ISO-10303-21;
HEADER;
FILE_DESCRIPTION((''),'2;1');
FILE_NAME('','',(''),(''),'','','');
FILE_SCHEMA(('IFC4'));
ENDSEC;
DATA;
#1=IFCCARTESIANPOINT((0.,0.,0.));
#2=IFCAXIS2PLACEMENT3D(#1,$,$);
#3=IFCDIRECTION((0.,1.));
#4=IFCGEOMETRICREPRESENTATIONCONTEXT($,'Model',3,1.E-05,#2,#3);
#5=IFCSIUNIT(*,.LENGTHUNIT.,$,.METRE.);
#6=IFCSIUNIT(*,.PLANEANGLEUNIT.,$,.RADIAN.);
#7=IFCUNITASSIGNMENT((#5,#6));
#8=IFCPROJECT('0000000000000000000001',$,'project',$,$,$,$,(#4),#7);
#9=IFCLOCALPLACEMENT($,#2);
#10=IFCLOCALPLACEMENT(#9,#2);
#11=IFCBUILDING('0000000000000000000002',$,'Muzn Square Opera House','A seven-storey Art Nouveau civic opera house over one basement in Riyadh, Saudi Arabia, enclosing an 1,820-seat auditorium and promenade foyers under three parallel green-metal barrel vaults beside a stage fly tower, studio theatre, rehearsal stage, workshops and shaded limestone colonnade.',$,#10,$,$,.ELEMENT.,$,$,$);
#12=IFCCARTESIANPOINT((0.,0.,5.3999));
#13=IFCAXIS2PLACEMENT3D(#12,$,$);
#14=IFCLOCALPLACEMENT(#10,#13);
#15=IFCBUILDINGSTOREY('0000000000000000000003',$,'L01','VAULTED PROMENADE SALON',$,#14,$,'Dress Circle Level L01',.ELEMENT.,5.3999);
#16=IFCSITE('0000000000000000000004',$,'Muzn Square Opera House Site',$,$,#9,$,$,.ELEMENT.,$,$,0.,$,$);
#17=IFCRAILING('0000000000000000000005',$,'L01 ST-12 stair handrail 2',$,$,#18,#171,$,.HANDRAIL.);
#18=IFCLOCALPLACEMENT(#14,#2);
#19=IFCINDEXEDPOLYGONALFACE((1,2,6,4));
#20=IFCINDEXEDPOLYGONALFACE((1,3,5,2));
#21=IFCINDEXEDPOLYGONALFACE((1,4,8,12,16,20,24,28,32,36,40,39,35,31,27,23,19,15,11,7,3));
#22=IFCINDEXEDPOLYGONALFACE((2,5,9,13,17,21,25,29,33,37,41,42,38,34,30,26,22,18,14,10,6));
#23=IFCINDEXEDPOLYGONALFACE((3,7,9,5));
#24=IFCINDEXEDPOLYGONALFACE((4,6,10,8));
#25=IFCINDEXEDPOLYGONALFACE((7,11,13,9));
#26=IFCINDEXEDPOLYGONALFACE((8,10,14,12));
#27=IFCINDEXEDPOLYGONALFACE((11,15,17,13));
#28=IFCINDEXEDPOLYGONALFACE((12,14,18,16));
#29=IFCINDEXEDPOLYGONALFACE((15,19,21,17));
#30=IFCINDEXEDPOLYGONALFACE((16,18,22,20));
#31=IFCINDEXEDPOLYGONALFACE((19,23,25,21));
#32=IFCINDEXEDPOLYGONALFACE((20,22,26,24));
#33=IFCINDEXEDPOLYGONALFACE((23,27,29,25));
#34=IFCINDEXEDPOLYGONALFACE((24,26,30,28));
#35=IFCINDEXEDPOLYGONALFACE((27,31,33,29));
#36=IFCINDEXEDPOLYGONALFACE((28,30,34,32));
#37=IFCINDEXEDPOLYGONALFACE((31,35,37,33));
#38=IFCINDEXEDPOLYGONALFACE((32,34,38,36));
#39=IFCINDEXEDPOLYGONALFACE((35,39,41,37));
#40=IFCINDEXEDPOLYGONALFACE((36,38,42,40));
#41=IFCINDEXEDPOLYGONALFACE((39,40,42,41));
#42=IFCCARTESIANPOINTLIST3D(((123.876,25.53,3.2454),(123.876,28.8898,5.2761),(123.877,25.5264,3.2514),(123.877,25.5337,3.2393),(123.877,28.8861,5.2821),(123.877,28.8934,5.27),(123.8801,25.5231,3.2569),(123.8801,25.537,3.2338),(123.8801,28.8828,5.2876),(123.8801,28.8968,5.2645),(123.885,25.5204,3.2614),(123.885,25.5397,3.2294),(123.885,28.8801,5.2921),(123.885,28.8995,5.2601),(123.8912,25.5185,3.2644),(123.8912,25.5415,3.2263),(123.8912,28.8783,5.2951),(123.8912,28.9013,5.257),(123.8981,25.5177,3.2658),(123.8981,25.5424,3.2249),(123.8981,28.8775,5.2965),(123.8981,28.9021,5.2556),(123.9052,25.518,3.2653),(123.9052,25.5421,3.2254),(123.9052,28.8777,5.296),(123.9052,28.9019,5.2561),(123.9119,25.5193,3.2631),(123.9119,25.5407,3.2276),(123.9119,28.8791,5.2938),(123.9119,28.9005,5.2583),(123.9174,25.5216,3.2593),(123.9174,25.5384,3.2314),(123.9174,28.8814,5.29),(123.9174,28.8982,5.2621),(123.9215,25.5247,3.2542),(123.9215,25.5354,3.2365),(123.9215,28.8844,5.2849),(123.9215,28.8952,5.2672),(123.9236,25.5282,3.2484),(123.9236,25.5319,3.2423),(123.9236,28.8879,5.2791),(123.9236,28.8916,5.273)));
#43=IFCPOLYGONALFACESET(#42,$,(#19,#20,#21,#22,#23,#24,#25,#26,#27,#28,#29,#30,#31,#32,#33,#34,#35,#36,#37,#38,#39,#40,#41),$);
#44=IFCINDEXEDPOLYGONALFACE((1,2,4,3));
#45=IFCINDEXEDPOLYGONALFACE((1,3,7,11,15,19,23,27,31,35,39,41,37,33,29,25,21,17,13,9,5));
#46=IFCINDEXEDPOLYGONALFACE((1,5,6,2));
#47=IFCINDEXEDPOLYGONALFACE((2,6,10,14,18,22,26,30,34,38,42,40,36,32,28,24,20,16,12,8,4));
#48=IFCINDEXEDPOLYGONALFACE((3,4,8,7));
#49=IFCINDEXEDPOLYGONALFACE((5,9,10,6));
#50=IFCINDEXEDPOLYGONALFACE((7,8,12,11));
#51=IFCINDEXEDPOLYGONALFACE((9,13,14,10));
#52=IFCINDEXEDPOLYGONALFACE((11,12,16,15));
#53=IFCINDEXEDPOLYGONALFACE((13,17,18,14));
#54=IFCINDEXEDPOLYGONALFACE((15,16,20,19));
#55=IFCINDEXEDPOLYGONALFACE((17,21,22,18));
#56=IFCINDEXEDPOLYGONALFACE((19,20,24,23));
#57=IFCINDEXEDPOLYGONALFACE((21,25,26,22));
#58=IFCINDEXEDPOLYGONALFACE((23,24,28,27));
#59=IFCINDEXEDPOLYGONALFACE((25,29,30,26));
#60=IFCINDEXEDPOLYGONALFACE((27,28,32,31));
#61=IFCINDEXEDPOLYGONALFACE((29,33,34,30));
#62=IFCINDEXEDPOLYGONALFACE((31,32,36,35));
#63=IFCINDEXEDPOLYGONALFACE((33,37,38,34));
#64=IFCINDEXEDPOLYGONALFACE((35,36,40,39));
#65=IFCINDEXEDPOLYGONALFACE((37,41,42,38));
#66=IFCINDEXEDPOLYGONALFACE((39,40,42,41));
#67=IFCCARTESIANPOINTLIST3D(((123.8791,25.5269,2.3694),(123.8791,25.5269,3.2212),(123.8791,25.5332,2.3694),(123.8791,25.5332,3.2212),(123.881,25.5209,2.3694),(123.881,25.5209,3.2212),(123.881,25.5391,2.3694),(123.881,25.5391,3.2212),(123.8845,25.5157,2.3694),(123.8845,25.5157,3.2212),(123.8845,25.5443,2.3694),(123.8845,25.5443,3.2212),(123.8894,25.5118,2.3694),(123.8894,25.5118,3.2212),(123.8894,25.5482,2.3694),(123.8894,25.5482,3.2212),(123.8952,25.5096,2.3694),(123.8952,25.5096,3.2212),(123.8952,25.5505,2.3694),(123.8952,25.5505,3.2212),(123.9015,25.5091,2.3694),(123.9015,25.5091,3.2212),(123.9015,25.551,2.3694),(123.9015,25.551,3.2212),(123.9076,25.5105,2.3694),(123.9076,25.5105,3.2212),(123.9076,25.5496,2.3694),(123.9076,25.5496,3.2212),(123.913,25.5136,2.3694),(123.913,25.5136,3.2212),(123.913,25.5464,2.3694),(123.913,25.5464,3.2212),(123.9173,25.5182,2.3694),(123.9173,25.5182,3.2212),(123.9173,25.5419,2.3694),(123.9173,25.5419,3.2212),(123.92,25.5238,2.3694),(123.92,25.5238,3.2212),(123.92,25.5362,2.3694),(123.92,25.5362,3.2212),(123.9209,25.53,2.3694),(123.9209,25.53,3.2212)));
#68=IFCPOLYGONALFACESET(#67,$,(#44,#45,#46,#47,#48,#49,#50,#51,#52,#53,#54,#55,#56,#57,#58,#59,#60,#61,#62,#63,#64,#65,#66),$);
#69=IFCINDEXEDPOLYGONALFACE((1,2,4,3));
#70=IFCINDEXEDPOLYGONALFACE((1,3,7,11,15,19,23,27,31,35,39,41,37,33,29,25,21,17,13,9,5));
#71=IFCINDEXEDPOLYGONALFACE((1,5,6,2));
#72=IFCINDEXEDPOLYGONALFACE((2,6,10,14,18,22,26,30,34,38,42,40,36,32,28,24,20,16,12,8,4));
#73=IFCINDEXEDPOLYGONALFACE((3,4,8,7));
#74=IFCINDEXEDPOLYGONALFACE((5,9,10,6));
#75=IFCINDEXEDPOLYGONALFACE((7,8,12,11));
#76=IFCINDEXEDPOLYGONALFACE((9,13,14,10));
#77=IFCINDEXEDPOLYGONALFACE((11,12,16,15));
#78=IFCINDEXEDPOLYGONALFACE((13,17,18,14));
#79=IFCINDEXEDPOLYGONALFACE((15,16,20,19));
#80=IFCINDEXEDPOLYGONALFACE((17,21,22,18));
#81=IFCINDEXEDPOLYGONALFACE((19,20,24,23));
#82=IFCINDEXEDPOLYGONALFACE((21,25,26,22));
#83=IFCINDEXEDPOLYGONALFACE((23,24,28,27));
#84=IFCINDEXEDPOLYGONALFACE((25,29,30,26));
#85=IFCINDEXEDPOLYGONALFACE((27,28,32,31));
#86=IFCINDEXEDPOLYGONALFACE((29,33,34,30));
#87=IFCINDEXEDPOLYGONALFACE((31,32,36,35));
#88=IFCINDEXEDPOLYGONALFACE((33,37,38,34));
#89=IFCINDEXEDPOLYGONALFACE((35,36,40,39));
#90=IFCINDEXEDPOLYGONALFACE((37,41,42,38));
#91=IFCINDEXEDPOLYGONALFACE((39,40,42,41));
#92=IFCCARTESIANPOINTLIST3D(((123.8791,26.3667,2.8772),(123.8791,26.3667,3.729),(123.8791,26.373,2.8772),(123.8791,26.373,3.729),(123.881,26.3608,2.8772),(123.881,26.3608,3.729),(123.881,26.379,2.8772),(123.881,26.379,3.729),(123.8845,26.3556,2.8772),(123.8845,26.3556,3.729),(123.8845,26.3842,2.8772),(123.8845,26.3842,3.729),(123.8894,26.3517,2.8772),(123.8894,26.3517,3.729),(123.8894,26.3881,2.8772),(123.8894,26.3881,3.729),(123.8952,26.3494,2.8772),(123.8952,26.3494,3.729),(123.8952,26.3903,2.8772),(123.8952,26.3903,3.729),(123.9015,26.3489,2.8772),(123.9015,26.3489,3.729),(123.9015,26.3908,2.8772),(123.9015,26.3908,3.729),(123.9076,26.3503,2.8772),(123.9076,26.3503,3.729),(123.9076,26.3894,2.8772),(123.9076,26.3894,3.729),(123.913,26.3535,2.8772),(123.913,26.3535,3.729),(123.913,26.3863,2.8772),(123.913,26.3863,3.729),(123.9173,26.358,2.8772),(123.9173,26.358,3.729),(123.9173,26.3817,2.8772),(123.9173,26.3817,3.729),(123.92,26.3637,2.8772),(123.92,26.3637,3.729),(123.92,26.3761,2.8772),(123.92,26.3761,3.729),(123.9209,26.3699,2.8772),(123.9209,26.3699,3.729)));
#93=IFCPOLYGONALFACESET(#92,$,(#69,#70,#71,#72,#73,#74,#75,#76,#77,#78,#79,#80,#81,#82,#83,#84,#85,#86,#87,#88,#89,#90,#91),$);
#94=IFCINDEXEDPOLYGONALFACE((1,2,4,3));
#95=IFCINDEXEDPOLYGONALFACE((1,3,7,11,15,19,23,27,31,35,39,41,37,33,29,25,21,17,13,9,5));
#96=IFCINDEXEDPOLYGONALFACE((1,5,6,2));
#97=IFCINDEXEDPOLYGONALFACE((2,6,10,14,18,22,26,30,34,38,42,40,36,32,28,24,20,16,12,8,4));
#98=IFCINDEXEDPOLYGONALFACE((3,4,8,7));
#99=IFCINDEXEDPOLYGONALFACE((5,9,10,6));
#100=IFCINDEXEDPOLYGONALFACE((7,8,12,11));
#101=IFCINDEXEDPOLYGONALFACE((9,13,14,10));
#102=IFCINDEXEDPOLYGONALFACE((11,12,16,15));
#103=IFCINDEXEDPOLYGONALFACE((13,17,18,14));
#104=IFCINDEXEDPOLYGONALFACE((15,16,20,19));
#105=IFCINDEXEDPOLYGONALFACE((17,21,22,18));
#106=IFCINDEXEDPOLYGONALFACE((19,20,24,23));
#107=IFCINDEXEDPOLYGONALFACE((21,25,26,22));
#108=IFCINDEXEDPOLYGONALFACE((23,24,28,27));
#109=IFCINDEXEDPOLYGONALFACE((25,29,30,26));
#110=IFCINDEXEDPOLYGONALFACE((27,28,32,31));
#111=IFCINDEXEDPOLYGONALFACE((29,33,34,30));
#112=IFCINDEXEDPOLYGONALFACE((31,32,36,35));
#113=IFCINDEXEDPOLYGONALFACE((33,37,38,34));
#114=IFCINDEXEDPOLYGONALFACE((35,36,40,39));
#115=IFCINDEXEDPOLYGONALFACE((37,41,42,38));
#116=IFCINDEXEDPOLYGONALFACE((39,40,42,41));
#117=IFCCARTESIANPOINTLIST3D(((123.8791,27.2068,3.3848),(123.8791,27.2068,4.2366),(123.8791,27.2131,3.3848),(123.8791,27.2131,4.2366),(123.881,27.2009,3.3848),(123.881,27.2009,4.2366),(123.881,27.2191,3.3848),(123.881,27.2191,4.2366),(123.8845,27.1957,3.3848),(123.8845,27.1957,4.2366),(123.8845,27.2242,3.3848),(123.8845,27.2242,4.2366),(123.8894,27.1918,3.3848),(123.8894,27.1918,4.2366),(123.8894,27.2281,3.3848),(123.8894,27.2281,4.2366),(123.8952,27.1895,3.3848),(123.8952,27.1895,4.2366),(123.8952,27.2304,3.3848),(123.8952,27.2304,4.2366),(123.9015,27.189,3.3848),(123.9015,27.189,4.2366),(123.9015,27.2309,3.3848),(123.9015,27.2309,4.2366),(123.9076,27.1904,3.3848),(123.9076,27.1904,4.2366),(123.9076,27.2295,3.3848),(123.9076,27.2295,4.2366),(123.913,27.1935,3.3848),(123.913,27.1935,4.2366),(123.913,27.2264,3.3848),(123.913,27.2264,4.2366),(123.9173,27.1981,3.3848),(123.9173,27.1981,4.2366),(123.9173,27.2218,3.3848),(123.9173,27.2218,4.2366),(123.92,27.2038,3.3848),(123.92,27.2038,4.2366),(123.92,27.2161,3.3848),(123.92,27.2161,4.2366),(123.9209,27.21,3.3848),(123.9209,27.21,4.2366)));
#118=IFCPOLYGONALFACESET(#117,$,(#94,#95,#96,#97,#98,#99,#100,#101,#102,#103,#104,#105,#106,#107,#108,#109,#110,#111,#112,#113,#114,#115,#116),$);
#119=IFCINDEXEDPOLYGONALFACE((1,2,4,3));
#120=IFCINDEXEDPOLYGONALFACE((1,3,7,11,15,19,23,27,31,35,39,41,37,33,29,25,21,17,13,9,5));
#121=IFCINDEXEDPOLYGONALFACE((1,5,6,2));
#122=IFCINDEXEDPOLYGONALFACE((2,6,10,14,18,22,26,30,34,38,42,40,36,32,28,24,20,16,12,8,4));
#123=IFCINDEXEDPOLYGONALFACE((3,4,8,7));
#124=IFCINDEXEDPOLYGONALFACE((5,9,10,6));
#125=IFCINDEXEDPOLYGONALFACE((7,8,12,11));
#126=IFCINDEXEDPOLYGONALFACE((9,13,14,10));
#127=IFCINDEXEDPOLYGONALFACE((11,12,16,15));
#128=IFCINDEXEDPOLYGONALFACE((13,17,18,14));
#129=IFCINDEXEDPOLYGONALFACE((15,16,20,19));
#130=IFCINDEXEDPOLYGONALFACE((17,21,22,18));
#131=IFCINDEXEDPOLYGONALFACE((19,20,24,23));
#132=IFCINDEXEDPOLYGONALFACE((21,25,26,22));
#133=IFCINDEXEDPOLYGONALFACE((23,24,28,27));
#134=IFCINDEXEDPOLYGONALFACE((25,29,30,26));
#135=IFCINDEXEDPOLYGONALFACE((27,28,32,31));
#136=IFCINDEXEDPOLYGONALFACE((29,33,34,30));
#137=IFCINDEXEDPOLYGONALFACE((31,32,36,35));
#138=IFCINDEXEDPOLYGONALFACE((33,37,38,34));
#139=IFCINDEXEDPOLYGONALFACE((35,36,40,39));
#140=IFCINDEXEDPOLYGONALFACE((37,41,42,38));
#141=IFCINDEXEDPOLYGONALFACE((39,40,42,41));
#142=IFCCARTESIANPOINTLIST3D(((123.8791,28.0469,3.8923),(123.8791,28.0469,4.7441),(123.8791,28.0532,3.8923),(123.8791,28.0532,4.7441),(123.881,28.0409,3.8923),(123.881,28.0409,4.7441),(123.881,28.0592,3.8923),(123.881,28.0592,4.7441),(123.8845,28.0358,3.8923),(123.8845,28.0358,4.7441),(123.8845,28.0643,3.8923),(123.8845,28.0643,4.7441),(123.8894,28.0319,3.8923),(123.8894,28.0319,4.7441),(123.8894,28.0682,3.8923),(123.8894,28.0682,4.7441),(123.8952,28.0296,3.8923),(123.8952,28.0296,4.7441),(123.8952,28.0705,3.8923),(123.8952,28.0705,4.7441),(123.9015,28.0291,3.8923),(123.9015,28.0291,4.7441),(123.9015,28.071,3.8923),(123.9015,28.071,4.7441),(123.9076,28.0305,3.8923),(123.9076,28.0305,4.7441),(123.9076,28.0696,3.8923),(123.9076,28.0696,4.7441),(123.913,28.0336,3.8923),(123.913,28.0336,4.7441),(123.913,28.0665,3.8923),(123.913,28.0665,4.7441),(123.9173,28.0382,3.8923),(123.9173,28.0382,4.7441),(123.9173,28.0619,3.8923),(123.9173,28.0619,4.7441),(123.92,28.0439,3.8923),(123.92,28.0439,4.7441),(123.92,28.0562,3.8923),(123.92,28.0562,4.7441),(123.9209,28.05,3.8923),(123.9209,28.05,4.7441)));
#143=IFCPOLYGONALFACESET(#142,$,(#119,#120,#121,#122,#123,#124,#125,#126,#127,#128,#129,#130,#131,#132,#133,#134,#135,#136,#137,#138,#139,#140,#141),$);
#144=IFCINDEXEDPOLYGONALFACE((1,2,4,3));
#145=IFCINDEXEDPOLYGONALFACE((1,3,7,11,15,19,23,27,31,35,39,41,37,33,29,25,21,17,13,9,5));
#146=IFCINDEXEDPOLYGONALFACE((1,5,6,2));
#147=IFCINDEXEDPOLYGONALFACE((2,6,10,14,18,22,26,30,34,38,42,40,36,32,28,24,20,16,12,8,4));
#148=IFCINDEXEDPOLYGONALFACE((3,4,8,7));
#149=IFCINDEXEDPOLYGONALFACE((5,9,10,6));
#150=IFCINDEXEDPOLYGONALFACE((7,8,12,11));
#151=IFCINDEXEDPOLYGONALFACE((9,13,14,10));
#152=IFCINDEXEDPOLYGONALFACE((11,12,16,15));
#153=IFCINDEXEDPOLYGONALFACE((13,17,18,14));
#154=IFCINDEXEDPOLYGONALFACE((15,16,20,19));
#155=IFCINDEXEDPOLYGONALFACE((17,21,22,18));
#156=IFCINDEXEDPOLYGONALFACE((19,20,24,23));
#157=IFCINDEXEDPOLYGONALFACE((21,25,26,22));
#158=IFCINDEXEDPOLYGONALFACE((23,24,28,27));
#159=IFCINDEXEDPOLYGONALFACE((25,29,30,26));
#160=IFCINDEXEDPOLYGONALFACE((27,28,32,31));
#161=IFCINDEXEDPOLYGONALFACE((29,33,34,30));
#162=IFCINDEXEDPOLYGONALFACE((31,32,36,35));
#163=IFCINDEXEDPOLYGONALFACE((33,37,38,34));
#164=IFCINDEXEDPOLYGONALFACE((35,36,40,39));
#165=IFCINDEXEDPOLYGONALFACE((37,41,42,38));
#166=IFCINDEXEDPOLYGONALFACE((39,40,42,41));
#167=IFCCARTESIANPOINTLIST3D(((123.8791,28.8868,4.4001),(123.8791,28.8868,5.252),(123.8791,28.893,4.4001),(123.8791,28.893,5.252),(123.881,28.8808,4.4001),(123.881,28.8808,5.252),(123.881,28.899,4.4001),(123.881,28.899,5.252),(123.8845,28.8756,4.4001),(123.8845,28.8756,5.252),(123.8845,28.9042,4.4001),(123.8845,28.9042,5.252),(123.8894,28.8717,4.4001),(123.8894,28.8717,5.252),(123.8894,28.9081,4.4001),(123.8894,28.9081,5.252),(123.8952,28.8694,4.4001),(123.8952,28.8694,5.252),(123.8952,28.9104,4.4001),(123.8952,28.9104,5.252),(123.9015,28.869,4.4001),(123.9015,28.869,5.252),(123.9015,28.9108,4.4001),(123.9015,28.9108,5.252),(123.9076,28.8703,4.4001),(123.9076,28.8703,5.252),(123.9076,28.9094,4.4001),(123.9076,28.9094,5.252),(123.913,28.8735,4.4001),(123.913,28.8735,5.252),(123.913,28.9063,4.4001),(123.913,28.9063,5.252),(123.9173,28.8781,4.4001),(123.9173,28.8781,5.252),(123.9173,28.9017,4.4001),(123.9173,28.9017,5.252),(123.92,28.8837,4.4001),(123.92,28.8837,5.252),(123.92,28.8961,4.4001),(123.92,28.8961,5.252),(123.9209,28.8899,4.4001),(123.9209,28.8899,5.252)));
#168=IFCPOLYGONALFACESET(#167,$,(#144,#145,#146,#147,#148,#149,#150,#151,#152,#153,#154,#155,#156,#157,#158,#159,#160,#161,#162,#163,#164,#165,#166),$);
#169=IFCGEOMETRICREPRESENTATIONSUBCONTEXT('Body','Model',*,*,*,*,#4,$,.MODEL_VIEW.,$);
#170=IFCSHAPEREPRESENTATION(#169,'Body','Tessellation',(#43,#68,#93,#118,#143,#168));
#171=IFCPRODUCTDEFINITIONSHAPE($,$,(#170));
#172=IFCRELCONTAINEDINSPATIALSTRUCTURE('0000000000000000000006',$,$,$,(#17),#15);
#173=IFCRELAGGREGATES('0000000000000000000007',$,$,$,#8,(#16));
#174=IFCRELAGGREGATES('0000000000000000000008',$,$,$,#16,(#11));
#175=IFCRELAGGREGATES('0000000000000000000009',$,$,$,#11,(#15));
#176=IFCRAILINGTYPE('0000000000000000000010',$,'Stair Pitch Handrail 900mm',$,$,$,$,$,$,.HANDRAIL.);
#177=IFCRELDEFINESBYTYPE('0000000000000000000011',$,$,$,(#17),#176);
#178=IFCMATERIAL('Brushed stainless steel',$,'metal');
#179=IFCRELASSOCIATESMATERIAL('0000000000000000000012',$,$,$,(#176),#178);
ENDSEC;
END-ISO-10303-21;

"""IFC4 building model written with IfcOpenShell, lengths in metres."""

from ifc_helpers import new_model, si_unit, direction, frame, origin, origin_2d, place, context, subcontext, project, spatial, circle, extrude, material, type_object, element, save


model = new_model("IFC4")

# Units and contexts
model_context = context("Model", 3, precision=1e-05, world=origin(), true_north=direction((0.0, 1.0)))
body_context = subcontext(model_context, "Body", "Model", "MODEL_VIEW")
ifc_project = project(units=[si_unit("LENGTHUNIT", "METRE"), si_unit("PLANEANGLEUNIT", "RADIAN")], contexts=[model_context])

# Site, building, storey
site_placement = place(None, origin())
site = spatial("IfcSite", under=ifc_project, at=site_placement, Name="Muzn Square Opera House Site", CompositionType="ELEMENT", RefElevation=0.0)
building_placement = place(site_placement, origin())
building = spatial("IfcBuilding", under=site, at=building_placement, Name="Muzn Square Opera House", Description="A seven-storey Art Nouveau civic opera house over one basement in Riyadh, Saudi Arabia, enclosing an 1,820-seat auditorium and promenade foyers under three parallel green-metal barrel vaults beside a stage fly tower, studio theatre, rehearsal stage, workshops and shaded limestone colonnade.", CompositionType="ELEMENT")
storey_placement = place(building_placement, frame((0.0, 0.0, 5.3999)))
storey = spatial("IfcBuildingStorey", under=building, at=storey_placement, Name="L01", Description="VAULTED PROMENADE SALON", LongName="Dress Circle Level L01", CompositionType="ELEMENT", Elevation=5.3999)

# Shared definitions
ifc_material_1 = material(Name="Brushed stainless steel", Category="metal")

# Railing
railing_type_1 = type_object("IfcRailingType", Name="Stair Pitch Handrail 900mm", PredefinedType="HANDRAIL", material=ifc_material_1)
railing_1_placement = place(storey_placement, frame((123.8999, 25.53, 2.3694)))
element("IfcRailing", 1, at=railing_1_placement, inside=storey, type_object=railing_type_1, Name="L01 ST-12 stair handrail 2", PredefinedType="HANDRAIL", context=body_context, shape_type="SweptSolid", body=[
    extrude(circle(Radius=0.0239, at=origin_2d()), frame((0.0, 0.0, 0.876), z_axis=(0.0, 0.85582, 0.517273), x_axis=(-1.0, 0.0, 0.0)), (0.0, 0.0, 1.0), 3.9258),
    extrude(circle(Radius=0.021, at=origin_2d()), origin(), (0.0, 0.0, 1.0), 0.8518),
    extrude(circle(Radius=0.021, at=origin_2d()), frame((0.0, 0.8398, 0.5078)), (0.0, 0.0, 1.0), 0.8518),
    extrude(circle(Radius=0.021, at=origin_2d()), frame((0.0, 1.6799, 1.0154)), (0.0, 0.0, 1.0), 0.8518),
    extrude(circle(Radius=0.021, at=origin_2d()), frame((0.0, 2.52, 1.5229)), (0.0, 0.0, 1.0), 0.8518),
    extrude(circle(Radius=0.021, at=origin_2d()), frame((0.0, 3.3599, 2.0308)), (0.0, 0.0, 1.0), 0.8518),
])

save(model, "model.ifc")
